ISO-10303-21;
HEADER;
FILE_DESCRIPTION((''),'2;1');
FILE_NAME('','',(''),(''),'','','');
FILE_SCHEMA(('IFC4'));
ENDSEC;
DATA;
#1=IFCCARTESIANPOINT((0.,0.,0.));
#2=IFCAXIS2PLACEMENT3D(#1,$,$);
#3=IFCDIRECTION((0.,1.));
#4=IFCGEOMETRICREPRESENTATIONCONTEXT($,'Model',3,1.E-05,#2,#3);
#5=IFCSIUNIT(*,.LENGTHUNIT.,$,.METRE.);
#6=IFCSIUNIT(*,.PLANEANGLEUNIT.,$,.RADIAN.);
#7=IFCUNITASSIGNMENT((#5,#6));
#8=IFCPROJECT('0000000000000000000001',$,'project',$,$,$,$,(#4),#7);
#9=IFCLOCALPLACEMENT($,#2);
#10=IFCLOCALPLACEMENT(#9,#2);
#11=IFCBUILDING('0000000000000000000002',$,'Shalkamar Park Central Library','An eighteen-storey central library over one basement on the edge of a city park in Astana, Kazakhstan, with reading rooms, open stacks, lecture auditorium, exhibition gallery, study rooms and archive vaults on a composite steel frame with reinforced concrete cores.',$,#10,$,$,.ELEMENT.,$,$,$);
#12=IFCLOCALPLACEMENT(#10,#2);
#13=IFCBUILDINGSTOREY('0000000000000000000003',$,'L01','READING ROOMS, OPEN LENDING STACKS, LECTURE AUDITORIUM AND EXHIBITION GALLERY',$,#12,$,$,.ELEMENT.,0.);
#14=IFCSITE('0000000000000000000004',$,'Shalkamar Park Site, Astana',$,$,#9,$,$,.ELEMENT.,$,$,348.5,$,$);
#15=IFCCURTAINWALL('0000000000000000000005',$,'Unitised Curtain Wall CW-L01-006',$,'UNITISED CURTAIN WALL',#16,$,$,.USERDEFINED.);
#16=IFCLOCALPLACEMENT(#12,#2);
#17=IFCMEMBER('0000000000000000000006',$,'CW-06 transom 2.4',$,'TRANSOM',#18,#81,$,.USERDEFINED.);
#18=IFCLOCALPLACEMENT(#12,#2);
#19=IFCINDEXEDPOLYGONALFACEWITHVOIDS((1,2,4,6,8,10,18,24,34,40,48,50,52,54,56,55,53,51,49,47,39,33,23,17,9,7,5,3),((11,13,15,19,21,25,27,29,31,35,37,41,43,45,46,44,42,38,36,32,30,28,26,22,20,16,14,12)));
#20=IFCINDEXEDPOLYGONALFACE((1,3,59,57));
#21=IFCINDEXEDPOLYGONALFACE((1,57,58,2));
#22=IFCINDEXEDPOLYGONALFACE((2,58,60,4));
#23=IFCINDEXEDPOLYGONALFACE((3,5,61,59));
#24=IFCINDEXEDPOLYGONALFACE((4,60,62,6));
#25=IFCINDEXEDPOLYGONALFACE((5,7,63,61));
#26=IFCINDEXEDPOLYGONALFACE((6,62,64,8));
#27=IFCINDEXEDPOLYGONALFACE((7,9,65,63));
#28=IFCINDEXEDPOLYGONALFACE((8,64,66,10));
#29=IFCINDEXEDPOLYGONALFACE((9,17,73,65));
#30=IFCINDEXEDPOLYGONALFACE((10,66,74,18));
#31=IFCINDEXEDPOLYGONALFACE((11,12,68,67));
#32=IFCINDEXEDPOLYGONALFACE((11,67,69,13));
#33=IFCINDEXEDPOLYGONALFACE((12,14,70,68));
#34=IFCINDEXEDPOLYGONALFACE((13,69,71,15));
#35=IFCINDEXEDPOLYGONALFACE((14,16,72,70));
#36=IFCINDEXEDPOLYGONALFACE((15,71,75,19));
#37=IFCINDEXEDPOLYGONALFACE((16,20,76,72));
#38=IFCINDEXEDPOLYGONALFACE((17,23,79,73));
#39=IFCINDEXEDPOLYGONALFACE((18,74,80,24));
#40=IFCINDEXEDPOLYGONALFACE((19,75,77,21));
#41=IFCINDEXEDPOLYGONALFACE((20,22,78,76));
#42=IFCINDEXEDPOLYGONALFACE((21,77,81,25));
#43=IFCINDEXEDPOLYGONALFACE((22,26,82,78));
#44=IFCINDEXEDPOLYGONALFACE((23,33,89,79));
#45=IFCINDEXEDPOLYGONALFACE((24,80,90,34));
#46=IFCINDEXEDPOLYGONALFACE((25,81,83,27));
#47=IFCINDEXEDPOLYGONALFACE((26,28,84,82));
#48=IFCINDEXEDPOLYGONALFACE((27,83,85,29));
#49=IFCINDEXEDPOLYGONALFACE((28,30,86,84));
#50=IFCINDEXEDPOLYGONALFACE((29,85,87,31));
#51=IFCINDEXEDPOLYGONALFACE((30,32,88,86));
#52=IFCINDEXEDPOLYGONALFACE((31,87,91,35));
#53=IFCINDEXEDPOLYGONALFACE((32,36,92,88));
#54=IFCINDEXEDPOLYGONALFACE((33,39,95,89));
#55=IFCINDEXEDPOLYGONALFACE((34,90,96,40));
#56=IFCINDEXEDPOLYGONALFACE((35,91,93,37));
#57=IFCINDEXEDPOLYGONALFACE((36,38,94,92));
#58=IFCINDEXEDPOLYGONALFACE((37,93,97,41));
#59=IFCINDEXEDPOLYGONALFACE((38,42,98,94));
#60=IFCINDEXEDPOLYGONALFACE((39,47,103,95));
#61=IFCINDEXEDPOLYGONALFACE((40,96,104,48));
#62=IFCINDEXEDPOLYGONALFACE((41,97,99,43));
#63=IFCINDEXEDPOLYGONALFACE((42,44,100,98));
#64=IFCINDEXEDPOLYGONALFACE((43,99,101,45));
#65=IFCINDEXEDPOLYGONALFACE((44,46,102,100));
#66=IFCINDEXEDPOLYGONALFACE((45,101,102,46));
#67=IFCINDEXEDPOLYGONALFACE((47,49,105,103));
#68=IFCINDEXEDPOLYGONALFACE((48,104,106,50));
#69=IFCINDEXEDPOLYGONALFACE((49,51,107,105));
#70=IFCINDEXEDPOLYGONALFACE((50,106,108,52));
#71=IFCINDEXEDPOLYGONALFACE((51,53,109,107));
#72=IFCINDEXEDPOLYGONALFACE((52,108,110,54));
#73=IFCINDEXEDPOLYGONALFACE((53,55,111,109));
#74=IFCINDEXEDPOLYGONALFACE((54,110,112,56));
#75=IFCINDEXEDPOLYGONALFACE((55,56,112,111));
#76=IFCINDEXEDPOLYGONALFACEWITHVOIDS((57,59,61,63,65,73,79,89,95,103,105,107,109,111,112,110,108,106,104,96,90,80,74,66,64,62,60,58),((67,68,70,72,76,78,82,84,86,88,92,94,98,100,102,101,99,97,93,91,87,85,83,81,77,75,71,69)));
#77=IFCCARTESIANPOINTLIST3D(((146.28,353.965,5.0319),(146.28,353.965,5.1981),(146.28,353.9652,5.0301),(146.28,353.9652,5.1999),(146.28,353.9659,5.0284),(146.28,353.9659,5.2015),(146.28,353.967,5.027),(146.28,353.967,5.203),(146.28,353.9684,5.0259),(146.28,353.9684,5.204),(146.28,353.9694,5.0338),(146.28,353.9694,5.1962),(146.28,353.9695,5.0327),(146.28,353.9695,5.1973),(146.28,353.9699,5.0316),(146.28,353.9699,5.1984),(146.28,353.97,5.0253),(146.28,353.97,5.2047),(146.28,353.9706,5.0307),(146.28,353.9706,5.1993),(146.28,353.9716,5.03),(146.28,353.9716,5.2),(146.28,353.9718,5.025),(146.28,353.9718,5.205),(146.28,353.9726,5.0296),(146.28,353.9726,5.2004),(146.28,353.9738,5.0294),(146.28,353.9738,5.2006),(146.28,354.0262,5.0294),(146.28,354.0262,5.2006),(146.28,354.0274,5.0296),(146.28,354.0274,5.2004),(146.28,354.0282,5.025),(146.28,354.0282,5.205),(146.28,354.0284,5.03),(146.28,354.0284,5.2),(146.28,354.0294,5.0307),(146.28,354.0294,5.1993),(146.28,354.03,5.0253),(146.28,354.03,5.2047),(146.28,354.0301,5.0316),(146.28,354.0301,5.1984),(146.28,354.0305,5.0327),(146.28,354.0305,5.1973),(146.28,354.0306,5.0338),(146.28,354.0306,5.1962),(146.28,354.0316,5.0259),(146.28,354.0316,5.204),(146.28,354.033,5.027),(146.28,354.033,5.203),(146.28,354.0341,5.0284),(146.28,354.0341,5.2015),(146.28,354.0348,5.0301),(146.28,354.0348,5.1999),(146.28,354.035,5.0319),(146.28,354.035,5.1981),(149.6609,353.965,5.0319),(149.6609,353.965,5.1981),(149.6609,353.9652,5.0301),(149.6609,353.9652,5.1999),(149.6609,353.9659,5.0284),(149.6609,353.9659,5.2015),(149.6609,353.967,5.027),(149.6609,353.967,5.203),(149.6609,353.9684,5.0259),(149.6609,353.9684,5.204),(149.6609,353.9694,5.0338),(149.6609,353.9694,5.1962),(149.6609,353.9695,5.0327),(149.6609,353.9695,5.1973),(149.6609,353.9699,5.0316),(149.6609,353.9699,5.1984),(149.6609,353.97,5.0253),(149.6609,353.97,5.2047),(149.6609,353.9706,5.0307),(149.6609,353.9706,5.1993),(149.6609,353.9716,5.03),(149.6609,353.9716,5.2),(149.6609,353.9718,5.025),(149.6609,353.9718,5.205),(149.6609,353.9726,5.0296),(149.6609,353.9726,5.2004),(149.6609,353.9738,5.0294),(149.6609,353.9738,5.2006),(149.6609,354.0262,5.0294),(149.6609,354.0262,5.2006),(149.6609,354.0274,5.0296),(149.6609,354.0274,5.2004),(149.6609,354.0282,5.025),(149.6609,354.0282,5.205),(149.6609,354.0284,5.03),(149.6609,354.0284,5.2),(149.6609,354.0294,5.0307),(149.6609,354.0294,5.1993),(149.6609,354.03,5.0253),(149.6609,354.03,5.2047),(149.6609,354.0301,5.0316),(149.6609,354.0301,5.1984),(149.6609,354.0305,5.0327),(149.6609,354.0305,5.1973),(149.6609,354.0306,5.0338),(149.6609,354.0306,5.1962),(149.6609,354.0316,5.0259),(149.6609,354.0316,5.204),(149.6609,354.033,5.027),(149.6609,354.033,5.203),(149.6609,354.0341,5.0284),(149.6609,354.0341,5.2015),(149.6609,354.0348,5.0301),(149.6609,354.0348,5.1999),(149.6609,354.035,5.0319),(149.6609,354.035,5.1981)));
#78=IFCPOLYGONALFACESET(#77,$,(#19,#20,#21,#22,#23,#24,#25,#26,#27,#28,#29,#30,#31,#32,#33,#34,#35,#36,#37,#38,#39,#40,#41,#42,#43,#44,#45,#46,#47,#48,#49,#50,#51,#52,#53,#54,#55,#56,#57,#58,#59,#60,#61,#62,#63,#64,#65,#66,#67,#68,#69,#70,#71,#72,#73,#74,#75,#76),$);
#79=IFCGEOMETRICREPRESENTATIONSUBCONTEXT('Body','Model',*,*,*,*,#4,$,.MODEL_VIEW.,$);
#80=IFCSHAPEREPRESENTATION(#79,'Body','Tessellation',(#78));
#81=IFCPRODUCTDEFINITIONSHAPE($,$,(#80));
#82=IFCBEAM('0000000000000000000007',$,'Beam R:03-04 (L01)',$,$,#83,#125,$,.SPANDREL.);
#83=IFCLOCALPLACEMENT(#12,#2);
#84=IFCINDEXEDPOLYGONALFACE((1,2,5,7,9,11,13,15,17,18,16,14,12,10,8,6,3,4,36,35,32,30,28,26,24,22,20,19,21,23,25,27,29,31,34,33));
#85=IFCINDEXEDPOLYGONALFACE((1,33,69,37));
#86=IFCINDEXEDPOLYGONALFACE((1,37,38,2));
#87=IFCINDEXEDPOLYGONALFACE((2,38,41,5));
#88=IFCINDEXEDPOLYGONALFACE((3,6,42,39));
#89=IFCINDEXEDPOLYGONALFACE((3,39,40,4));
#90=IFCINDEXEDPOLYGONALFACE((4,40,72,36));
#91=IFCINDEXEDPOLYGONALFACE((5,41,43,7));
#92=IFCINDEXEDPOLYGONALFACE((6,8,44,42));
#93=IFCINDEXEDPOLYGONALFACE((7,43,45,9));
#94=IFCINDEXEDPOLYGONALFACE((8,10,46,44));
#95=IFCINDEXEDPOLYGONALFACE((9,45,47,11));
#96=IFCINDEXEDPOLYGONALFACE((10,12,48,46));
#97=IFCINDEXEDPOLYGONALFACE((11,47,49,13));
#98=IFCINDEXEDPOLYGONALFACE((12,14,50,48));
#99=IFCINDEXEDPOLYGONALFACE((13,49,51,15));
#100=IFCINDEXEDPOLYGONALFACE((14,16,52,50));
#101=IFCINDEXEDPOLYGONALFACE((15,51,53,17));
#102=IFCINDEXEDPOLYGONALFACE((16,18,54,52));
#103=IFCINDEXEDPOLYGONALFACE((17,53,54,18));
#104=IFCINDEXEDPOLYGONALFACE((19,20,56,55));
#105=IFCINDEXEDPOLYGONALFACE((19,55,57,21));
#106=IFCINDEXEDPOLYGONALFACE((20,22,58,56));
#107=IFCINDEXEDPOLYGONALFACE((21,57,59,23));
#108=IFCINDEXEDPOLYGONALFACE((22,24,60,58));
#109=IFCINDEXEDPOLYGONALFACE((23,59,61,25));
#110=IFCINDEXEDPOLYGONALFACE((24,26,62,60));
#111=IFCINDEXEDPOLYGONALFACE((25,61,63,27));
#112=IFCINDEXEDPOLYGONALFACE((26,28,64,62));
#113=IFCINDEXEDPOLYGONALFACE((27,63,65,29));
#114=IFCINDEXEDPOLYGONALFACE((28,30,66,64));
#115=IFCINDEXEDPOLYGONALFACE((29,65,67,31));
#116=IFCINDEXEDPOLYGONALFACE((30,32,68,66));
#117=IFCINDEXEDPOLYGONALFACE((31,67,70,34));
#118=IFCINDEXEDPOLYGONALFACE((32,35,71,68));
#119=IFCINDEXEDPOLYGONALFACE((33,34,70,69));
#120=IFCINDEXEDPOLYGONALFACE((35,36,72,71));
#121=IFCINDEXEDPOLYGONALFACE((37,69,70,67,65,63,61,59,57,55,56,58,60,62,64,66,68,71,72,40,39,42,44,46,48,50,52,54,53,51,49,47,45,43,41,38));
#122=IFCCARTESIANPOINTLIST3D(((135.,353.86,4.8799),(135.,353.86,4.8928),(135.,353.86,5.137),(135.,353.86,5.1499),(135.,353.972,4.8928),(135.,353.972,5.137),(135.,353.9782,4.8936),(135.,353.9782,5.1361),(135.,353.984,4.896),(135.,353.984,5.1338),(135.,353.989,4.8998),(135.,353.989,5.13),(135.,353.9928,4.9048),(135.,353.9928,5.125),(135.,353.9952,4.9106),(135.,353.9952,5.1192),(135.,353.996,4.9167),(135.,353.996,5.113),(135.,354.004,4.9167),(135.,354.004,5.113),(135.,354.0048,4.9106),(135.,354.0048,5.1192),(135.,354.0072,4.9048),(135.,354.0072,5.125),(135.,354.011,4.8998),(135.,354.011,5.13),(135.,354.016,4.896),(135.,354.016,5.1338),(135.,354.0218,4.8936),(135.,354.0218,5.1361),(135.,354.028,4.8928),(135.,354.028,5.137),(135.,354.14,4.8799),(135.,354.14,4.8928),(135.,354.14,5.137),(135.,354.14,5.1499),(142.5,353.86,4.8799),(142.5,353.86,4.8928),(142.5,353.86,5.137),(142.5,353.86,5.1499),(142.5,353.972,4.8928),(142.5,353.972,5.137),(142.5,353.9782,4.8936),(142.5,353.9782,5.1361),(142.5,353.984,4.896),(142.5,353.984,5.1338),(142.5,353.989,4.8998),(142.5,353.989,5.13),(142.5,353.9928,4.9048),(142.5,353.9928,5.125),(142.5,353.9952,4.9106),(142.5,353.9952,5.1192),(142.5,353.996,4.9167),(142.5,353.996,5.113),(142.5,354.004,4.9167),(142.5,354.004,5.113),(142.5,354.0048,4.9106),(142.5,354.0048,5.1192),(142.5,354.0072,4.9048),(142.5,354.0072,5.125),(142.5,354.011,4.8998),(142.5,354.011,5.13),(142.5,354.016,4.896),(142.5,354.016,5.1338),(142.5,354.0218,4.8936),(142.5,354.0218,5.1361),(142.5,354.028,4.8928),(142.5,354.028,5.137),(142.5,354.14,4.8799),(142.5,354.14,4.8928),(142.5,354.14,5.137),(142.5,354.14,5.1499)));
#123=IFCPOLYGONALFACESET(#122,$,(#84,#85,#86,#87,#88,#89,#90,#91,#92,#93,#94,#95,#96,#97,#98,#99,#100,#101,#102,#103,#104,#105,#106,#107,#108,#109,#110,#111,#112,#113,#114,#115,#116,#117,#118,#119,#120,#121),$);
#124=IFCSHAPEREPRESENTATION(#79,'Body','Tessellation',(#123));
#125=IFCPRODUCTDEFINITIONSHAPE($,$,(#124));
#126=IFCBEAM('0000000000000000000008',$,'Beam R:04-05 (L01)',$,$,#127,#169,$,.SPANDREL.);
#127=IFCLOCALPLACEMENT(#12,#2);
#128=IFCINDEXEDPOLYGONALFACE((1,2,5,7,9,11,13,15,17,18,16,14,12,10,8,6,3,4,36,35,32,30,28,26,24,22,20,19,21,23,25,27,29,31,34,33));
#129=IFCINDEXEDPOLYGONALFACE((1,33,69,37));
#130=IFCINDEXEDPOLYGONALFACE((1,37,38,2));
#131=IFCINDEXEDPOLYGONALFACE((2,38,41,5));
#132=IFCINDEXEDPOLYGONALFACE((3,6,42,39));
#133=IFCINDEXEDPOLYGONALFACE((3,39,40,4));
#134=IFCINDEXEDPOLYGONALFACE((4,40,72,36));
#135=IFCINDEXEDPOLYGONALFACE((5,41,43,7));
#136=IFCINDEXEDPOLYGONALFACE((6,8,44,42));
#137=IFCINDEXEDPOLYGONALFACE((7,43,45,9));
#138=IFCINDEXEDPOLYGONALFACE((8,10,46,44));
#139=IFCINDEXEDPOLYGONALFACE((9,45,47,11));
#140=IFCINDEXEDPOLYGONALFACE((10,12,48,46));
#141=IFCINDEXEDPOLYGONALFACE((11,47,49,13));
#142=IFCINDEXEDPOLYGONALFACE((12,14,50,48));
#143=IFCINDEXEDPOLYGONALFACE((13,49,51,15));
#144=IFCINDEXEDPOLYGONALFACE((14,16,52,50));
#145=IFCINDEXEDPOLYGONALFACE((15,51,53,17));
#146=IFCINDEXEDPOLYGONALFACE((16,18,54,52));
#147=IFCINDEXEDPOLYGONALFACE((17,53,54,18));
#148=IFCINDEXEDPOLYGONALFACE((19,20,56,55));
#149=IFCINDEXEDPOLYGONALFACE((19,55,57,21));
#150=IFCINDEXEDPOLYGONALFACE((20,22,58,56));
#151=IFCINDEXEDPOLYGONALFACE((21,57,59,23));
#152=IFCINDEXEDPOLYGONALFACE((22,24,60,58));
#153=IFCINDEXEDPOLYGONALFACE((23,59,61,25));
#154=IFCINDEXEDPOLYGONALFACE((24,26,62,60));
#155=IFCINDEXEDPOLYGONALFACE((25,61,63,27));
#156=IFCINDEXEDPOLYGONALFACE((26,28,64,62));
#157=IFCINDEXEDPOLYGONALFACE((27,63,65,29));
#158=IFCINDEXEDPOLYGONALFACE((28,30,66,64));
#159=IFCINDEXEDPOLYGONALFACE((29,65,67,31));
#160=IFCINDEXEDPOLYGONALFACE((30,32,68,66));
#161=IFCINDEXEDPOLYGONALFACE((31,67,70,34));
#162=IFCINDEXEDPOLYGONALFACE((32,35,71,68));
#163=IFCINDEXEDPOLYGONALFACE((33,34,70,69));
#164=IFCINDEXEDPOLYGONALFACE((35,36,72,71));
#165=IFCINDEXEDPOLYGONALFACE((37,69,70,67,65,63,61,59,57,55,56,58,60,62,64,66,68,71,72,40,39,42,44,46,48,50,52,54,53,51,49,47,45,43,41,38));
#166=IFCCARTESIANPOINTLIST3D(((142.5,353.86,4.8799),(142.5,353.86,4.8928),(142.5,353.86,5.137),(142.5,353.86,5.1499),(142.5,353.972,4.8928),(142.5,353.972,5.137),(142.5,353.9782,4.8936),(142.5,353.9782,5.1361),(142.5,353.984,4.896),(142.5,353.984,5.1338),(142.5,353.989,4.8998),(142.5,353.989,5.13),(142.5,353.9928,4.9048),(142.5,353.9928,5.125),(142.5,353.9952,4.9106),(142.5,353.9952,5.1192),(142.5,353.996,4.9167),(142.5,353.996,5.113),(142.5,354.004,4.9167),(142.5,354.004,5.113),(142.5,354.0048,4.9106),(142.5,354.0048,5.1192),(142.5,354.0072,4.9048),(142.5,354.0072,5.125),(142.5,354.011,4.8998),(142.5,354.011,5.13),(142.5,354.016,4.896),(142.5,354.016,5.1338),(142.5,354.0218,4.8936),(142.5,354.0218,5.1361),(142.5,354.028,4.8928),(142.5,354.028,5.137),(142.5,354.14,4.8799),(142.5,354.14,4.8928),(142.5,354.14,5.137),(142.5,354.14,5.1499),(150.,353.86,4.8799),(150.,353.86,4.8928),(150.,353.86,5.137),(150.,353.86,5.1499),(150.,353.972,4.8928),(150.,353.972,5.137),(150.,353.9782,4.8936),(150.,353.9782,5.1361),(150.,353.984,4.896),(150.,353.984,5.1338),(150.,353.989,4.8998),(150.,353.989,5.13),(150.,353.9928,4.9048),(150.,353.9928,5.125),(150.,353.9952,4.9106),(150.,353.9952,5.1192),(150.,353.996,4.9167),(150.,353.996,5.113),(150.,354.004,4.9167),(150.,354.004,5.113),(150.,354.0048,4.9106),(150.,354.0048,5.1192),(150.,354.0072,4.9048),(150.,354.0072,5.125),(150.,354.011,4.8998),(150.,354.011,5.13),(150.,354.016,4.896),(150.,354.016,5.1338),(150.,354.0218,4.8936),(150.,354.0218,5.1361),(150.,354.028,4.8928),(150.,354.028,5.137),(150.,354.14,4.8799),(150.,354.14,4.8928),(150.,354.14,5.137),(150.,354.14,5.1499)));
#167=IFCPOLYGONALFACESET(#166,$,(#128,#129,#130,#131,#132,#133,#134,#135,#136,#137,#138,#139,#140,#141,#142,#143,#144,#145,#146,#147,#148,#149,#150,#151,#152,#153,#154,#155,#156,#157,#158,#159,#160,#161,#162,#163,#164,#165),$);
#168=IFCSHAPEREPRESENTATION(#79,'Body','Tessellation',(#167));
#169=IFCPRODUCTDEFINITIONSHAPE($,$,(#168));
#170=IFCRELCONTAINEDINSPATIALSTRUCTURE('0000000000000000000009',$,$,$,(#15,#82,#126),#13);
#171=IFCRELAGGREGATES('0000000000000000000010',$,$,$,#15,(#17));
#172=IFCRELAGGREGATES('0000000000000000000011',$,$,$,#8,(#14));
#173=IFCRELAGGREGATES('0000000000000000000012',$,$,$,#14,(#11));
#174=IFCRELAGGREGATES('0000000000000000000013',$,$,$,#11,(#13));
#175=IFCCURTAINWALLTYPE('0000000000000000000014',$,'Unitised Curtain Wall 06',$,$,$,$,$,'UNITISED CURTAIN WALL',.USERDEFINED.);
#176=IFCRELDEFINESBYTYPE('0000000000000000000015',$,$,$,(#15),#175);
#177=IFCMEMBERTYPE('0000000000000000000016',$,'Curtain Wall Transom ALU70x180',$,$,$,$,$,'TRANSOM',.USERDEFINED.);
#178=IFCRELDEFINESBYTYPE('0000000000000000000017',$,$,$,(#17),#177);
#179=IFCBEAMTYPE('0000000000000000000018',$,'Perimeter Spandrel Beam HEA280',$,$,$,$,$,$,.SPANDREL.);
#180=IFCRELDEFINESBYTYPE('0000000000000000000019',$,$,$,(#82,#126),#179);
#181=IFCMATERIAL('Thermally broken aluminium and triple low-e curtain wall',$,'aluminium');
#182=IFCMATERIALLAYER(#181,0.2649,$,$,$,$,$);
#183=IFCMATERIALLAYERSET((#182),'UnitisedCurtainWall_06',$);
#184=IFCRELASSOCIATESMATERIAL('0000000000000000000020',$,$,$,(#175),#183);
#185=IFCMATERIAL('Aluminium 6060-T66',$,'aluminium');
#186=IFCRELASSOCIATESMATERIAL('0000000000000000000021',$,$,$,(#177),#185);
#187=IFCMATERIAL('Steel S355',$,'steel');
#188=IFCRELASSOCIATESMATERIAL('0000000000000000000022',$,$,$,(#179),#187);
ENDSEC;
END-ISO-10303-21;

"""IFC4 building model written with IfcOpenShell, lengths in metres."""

from ifc_helpers import new_model, si_unit, direction, frame, origin, origin_2d, place, context, subcontext, project, spatial, hollow_rectangle, i_section, extrude, material, layer, layer_set, material_profile, profile_set, type_object, element, aggregate, save


model = new_model("IFC4")

# Units and contexts
model_context = context("Model", 3, precision=1e-05, world=origin(), true_north=direction((0.0, 1.0)))
body_context = subcontext(model_context, "Body", "Model", "MODEL_VIEW")
ifc_project = project(units=[si_unit("LENGTHUNIT", "METRE"), si_unit("PLANEANGLEUNIT", "RADIAN")], contexts=[model_context])

# Site, building, storey
site_placement = place(None, origin())
site = spatial("IfcSite", under=ifc_project, at=site_placement, Name="Shalkamar Park Site, Astana", CompositionType="ELEMENT", RefElevation=348.5)
building_placement = place(site_placement, origin())
building = spatial("IfcBuilding", under=site, at=building_placement, Name="Shalkamar Park Central Library", Description="An eighteen-storey central library over one basement on the edge of a city park in Astana, Kazakhstan, with reading rooms, open stacks, lecture auditorium, exhibition gallery, study rooms and archive vaults on a composite steel frame with reinforced concrete cores.", CompositionType="ELEMENT")
storey_placement = place(building_placement, origin())
storey = spatial("IfcBuildingStorey", under=building, at=storey_placement, Name="L01", Description="READING ROOMS, OPEN LENDING STACKS, LECTURE AUDITORIUM AND EXHIBITION GALLERY", CompositionType="ELEMENT", Elevation=0.0)

# Shared definitions
ifc_material_1 = material(Name="Steel S355", Category="steel")

# Curtain wall, member
ifc_material_2 = material(Name="Thermally broken aluminium and triple low-e curtain wall", Category="aluminium")
ifc_layer_1 = layer(ifc_material_2, 0.2649)
ifc_layer_set_1 = layer_set([ifc_layer_1], Name="UnitisedCurtainWall_06")
curtain_wall_type = type_object("IfcCurtainWallType", Name="Unitised Curtain Wall 06", ElementType="UNITISED CURTAIN WALL", PredefinedType="USERDEFINED", material=ifc_layer_set_1)
curtain_wall_placement = place(storey_placement, origin())
curtain_wall = element("IfcCurtainWall", 1, at=curtain_wall_placement, inside=storey, type_object=curtain_wall_type, Name="Unitised Curtain Wall CW-L01-006", ObjectType="UNITISED CURTAIN WALL", PredefinedType="USERDEFINED")
ifc_material_3 = material(Name="Aluminium 6060-T66", Category="aluminium")
ifc_material_profile_1 = material_profile(ifc_material_3, hollow_rectangle(XDim=0.0701, YDim=0.1799, WallThickness=0.0044, InnerFilletRadius=0.0044, OuterFilletRadius=0.0068, at=origin_2d()), Name="ALU 70x180x4.5")
ifc_profile_set_1 = profile_set([ifc_material_profile_1], Name="Aluminium 6060-T66")
member_type_1 = type_object("IfcMemberType", Name="Curtain Wall Transom ALU70x180", ElementType="TRANSOM", PredefinedType="USERDEFINED", material=ifc_profile_set_1)
member_1_placement = place(storey_placement, frame((146.28, 354.0, 5.115), z_axis=(1.0, 0.0, 0.0), x_axis=(0.0, 1.0, 0.0)))
member_1 = element("IfcMember", 2, at=member_1_placement, type_object=member_type_1, Name="CW-06 transom 2.4", ObjectType="TRANSOM", PredefinedType="USERDEFINED", context=body_context, shape_type="SweptSolid", body=[
    extrude(hollow_rectangle(XDim=0.0701, YDim=0.1799, WallThickness=0.0044, InnerFilletRadius=0.0044, OuterFilletRadius=0.0068, at=origin_2d()), origin(), (0.0, 0.0, 1.0), 3.3809),
])

# Beams
ifc_material_profile_2 = material_profile(ifc_material_1, i_section(OverallWidth=0.28, OverallDepth=0.27, WebThickness=0.0081, FlangeThickness=0.0129, FilletRadius=0.0239, at=origin_2d()), Name="HEA 280")
ifc_profile_set_2 = profile_set([ifc_material_profile_2], Name="Steel S355")
beam_type = type_object("IfcBeamType", Name="Perimeter Spandrel Beam HEA280", PredefinedType="SPANDREL", material=ifc_profile_set_2)
for number, where, z_axis, x_axis, name in (
    (3, (135.0, 354.0, 5.0149), (1.0, 0.0, 0.0), (0.0, 1.0, 0.0), "Beam R:03-04 (L01)"),
    (4, (142.5, 354.0, 5.0149), (1.0, 0.0, 0.0), (0.0, 1.0, 0.0), "Beam R:04-05 (L01)"),
):
    element("IfcBeam", number, at=place(storey_placement, frame(where, z_axis=z_axis, x_axis=x_axis)), inside=storey, type_object=beam_type, Name=name, PredefinedType="SPANDREL", context=body_context, shape_type="SweptSolid", body=[
        extrude(i_section(OverallWidth=0.28, OverallDepth=0.27, WebThickness=0.0081, FlangeThickness=0.0129, FilletRadius=0.0239, at=origin_2d()), origin(), (0.0, 0.0, 1.0), 7.5),
    ])

aggregate(curtain_wall, [member_1])

save(model, "model.ifc")
